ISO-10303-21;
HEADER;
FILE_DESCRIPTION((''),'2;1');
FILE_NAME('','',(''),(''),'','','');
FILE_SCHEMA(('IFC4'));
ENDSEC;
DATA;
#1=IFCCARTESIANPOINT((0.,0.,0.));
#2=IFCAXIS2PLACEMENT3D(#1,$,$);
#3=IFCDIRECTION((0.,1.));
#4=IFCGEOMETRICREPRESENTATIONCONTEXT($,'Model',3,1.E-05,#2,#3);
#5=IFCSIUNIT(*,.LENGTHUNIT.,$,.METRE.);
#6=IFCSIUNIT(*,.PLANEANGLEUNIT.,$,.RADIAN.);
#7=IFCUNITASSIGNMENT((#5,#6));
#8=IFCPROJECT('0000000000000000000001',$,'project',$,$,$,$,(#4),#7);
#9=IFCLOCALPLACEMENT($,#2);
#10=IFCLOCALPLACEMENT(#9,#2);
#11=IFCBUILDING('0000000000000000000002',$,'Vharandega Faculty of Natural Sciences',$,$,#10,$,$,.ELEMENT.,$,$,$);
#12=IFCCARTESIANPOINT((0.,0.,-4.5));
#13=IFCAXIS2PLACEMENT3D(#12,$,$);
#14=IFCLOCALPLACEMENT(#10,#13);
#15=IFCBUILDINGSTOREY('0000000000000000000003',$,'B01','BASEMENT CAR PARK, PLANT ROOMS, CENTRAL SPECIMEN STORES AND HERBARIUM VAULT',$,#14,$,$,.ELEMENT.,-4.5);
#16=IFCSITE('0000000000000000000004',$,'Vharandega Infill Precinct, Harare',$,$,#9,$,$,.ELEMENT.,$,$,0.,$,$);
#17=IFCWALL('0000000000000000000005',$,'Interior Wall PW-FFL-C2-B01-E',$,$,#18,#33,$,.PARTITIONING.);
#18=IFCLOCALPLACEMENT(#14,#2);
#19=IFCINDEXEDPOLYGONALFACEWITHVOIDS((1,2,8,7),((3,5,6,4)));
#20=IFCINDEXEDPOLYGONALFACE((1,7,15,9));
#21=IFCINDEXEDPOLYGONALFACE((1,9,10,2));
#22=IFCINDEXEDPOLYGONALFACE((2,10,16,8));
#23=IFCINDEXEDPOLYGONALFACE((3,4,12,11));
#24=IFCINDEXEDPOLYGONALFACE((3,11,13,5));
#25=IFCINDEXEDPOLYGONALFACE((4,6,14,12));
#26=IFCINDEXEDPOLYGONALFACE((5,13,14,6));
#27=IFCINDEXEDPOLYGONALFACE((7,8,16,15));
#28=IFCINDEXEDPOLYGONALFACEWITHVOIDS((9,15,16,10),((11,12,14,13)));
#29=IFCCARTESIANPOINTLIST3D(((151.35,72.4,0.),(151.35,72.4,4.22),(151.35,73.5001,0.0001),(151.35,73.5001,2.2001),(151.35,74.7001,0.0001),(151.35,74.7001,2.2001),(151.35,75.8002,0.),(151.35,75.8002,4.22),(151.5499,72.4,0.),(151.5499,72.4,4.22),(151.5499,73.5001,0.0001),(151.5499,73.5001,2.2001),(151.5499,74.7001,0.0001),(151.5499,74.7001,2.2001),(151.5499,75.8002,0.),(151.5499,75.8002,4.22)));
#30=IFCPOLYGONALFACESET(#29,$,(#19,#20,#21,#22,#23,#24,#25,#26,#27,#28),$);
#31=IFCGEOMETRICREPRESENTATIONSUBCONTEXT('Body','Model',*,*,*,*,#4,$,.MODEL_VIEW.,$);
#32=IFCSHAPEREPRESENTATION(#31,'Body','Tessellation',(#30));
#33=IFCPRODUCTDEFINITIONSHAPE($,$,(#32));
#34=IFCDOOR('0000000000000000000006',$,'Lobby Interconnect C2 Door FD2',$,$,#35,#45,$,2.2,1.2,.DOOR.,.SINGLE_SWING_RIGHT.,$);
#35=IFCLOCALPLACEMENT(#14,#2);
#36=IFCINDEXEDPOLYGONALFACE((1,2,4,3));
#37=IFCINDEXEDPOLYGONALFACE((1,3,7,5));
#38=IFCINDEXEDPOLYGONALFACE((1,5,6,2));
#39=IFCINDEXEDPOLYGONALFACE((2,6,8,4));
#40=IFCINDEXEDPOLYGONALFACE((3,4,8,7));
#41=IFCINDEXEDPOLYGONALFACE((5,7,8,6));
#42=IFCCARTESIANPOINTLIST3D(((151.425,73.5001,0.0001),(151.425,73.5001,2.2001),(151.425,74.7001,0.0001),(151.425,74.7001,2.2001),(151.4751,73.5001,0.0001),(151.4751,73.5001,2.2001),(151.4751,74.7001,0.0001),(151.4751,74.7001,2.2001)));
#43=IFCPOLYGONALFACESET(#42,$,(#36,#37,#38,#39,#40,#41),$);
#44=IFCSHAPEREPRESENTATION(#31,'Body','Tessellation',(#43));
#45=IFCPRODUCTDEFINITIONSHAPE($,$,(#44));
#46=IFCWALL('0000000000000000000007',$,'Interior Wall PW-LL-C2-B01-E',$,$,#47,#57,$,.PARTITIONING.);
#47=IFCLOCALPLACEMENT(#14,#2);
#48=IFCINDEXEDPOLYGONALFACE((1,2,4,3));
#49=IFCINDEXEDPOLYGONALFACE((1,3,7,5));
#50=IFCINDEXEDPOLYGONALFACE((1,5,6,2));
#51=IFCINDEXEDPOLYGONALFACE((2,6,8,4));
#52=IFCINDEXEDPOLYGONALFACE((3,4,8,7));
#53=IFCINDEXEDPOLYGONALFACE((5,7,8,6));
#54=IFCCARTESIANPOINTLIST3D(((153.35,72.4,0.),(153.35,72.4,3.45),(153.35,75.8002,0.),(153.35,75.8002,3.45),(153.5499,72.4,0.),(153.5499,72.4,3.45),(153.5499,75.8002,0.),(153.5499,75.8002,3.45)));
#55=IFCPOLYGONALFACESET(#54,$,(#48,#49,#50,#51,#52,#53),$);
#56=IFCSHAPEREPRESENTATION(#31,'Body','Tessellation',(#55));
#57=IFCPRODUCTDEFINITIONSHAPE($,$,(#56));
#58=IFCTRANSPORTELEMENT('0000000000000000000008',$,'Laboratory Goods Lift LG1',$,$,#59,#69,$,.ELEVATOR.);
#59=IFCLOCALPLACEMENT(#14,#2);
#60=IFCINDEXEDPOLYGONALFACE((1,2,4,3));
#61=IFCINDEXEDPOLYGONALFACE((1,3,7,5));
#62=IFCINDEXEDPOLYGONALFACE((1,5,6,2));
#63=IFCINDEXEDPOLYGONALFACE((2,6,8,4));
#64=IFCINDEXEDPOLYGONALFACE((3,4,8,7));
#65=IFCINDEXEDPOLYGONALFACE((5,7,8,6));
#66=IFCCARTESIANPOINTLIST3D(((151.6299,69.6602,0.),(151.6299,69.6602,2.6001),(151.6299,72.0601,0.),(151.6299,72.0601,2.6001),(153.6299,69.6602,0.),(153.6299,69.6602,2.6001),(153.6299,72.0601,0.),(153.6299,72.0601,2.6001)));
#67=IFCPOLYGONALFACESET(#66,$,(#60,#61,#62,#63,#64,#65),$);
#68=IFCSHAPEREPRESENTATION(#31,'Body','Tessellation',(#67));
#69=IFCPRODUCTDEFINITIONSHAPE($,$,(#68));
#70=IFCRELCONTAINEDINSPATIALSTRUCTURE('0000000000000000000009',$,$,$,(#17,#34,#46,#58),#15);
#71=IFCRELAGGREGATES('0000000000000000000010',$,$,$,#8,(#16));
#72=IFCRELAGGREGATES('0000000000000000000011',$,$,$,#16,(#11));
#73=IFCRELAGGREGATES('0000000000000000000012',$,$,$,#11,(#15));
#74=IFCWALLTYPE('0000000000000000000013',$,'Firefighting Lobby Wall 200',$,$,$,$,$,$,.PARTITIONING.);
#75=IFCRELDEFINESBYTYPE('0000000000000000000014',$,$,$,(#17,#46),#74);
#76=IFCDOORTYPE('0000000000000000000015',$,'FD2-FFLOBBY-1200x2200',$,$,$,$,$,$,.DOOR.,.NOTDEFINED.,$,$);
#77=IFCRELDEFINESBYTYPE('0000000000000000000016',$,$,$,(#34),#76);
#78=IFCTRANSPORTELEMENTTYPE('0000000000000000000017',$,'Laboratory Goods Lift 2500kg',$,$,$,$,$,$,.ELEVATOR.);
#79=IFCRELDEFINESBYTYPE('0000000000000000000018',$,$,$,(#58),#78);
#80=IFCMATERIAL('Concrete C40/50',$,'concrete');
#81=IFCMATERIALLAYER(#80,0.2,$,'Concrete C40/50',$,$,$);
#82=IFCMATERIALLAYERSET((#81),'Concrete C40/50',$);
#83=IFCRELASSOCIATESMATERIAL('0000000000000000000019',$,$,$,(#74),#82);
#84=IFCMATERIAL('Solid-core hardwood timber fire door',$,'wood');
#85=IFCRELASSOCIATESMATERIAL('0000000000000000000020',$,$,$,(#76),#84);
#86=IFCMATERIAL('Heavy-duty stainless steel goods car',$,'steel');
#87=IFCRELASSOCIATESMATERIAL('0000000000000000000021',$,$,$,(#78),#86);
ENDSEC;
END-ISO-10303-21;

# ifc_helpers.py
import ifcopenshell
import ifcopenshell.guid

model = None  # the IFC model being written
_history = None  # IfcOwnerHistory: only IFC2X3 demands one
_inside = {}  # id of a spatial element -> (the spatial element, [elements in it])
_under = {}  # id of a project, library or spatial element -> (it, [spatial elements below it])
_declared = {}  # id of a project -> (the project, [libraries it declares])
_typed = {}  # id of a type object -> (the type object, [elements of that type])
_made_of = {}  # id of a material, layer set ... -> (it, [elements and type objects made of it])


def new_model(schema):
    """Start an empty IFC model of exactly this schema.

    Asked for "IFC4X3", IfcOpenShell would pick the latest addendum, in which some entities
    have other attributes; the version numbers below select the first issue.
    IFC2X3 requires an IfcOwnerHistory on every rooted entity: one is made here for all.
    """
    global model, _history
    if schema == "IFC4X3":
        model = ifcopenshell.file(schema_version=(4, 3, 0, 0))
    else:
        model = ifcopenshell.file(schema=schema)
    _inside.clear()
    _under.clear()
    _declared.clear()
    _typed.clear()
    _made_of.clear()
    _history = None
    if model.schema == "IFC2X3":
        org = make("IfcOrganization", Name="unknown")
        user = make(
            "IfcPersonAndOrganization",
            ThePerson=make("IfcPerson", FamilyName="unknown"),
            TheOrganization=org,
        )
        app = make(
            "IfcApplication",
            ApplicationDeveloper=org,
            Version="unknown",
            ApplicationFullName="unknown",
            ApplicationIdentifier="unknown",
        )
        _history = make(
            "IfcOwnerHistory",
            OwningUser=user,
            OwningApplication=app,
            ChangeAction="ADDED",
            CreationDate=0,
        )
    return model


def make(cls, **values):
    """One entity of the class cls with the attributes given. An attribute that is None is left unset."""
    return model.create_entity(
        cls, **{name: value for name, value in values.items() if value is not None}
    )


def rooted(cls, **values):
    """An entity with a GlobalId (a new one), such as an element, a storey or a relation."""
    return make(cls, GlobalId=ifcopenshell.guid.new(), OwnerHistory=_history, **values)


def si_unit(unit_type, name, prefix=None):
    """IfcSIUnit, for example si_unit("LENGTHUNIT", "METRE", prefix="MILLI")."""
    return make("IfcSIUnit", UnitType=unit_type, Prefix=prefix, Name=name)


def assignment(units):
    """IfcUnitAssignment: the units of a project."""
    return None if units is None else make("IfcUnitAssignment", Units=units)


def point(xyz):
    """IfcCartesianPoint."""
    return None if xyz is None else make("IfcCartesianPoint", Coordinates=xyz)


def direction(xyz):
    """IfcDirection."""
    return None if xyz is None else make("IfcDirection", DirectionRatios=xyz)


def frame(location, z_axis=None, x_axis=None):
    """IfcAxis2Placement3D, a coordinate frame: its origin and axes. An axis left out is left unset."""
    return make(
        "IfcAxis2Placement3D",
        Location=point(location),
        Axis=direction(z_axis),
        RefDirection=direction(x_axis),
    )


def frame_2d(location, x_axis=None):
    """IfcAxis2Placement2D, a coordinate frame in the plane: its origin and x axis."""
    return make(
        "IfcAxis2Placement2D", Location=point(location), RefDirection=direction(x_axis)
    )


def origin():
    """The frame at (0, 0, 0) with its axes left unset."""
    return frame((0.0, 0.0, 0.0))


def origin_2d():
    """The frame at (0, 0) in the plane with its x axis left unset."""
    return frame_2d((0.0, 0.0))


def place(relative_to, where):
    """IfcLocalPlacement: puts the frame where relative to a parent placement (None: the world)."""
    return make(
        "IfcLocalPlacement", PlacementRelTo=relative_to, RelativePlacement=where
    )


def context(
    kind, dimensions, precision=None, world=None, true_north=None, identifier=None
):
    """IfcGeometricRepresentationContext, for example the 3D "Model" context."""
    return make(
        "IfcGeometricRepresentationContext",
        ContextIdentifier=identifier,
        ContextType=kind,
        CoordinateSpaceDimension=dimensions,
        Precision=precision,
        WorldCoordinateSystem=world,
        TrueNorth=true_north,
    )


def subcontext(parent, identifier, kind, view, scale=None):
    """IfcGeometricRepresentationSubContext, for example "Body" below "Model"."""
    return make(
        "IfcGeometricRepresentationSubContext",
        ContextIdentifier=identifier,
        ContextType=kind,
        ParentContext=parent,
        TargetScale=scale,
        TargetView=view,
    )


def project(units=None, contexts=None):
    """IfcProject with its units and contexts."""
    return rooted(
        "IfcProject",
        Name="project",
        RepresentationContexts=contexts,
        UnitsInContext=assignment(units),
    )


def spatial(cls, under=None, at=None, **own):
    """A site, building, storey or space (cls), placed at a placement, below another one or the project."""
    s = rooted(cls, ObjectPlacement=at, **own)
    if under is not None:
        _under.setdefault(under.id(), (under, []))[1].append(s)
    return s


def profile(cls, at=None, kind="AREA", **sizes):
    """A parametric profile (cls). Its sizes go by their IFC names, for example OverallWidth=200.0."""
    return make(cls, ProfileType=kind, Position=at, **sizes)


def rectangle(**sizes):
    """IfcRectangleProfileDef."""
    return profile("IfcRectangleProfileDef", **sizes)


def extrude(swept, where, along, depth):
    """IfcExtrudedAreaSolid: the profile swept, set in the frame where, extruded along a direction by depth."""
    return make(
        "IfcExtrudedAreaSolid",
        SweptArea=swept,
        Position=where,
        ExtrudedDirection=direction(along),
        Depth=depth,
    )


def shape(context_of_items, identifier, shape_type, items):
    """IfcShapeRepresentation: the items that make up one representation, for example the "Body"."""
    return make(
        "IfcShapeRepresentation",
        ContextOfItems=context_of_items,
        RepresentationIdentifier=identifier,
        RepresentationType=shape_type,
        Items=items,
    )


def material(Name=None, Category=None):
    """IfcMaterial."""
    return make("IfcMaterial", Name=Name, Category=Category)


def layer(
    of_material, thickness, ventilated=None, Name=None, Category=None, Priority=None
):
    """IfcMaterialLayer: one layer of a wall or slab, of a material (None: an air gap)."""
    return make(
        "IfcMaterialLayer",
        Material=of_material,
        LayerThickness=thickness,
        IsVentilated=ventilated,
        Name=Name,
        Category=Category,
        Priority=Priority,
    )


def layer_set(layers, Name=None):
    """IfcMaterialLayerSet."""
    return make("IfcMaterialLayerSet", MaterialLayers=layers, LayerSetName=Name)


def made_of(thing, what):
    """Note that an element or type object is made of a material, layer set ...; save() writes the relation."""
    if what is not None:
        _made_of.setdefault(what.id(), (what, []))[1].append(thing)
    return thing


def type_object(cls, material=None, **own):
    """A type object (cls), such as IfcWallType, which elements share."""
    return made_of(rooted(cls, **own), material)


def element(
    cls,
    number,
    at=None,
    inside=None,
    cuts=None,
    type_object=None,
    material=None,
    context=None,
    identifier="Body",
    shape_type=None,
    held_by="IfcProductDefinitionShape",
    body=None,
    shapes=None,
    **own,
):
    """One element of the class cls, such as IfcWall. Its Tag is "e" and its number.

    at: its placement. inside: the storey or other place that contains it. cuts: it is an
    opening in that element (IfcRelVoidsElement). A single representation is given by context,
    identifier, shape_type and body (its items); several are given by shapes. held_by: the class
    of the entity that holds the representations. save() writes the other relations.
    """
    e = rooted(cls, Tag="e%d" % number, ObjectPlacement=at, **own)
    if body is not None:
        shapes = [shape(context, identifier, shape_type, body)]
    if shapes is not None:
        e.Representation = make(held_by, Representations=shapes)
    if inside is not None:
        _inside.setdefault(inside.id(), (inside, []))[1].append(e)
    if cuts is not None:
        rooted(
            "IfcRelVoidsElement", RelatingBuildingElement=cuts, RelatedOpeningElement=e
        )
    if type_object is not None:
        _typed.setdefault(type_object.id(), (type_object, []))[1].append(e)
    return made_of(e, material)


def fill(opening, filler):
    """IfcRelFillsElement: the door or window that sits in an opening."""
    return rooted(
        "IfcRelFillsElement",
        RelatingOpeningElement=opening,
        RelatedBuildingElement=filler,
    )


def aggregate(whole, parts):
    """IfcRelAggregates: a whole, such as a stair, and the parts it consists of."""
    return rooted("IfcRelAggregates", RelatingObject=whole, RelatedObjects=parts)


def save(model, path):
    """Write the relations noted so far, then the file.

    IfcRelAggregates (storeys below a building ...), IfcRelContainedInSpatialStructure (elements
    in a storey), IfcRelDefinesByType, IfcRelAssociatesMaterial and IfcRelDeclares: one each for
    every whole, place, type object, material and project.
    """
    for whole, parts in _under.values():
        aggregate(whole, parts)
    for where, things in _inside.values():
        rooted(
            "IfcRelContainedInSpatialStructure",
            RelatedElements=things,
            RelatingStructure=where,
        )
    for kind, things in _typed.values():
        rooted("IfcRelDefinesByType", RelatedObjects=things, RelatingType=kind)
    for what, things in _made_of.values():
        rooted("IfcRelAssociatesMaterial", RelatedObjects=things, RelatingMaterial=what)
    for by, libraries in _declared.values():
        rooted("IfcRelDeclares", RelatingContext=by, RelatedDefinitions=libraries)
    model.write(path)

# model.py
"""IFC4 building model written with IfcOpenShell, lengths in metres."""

from ifc_helpers import new_model, si_unit, direction, frame, frame_2d, origin, origin_2d, place, context, subcontext, project, spatial, rectangle, extrude, material, layer, layer_set, type_object, element, fill, save


model = new_model("IFC4")

# Units and contexts
model_context = context("Model", 3, precision=1e-05, world=origin(), true_north=direction((0.0, 1.0)))
body_context = subcontext(model_context, "Body", "Model", "MODEL_VIEW")
ifc_project = project(units=[si_unit("LENGTHUNIT", "METRE"), si_unit("PLANEANGLEUNIT", "RADIAN")], contexts=[model_context])

# Site, building, storey
site_placement = place(None, origin())
site = spatial("IfcSite", under=ifc_project, at=site_placement, Name="Vharandega Infill Precinct, Harare", CompositionType="ELEMENT", RefElevation=0.0)
building_placement = place(site_placement, origin())
building = spatial("IfcBuilding", under=site, at=building_placement, Name="Vharandega Faculty of Natural Sciences", CompositionType="ELEMENT")
storey_placement = place(building_placement, frame((0.0, 0.0, -4.5)))
storey = spatial("IfcBuildingStorey", under=building, at=storey_placement, Name="B01", Description="BASEMENT CAR PARK, PLANT ROOMS, CENTRAL SPECIMEN STORES AND HERBARIUM VAULT", CompositionType="ELEMENT", Elevation=-4.5)

# Wall, opening, door
ifc_material_1 = material(Name="Concrete C40/50", Category="concrete")
ifc_layer_1 = layer(ifc_material_1, 0.2, Name="Concrete C40/50")
ifc_layer_set_1 = layer_set([ifc_layer_1], Name="Concrete C40/50")
wall_type_1 = type_object("IfcWallType", Name="Firefighting Lobby Wall 200", PredefinedType="PARTITIONING", material=ifc_layer_set_1)
wall_1_placement = place(storey_placement, frame((151.45, 72.3999, 0.0), z_axis=(0.0, 0.0, 1.0), x_axis=(0.0, 1.0, 0.0)))
wall_1 = element("IfcWall", 1, at=wall_1_placement, inside=storey, type_object=wall_type_1, Name="Interior Wall PW-FFL-C2-B01-E", PredefinedType="PARTITIONING", context=body_context, shape_type="SweptSolid", body=[
    extrude(rectangle(XDim=3.4001, YDim=0.2, at=frame_2d((1.7002, 0.0))), origin(), (0.0, 0.0, 1.0), 4.22),
])
opening_placement = place(wall_1_placement, frame((1.1001, 0.0, 0.0)))
opening = element("IfcOpeningElement", 2, at=opening_placement, cuts=wall_1, PredefinedType="OPENING", context=body_context, shape_type="SweptSolid", body=[
    extrude(rectangle(XDim=1.2, YDim=2.2, at=frame_2d((0.6001, 1.1001))), frame((0.0, 0.1099, 0.0), z_axis=(0.0, -1.0, 0.0), x_axis=(1.0, 0.0, 0.0)), (0.0, 0.0, 1.0), 0.22),
])
ifc_material_2 = material(Name="Solid-core hardwood timber fire door", Category="wood")
door_type = type_object("IfcDoorType", Name="FD2-FFLOBBY-1200x2200", OperationType="NOTDEFINED", PredefinedType="DOOR", material=ifc_material_2)
door_placement = place(opening_placement, origin())
door = element("IfcDoor", 3, at=door_placement, inside=storey, type_object=door_type, Name="Lobby Interconnect C2 Door FD2", OperationType="SINGLE_SWING_RIGHT", OverallHeight=2.2, OverallWidth=1.2, PredefinedType="DOOR", context=body_context, shape_type="SweptSolid", body=[
    extrude(rectangle(XDim=1.2, YDim=2.2, at=frame_2d((0.6001, 1.1001))), frame((0.0, 0.0249, 0.0), z_axis=(0.0, -1.0, 0.0), x_axis=(1.0, 0.0, 0.0)), (0.0, 0.0, 1.0), 0.05),
])
fill(opening, door)

# Wall
wall_2_placement = place(storey_placement, frame((153.45, 72.3999, 0.0), z_axis=(0.0, 0.0, 1.0), x_axis=(0.0, 1.0, 0.0)))
element("IfcWall", 4, at=wall_2_placement, inside=storey, type_object=wall_type_1, Name="Interior Wall PW-LL-C2-B01-E", PredefinedType="PARTITIONING", context=body_context, shape_type="SweptSolid", body=[
    extrude(rectangle(XDim=3.4001, YDim=0.2, at=frame_2d((1.7002, 0.0))), origin(), (0.0, 0.0, 1.0), 3.45),
])

# Transport element
ifc_material_3 = material(Name="Heavy-duty stainless steel goods car", Category="steel")
transport_element_type = type_object("IfcTransportElementType", Name="Laboratory Goods Lift 2500kg", PredefinedType="ELEVATOR", material=ifc_material_3)
transport_element_placement = place(storey_placement, frame((152.6299, 70.8601, 0.0), z_axis=(0.0, 0.0, 1.0), x_axis=(1.0, 0.0, 0.0)))
element("IfcTransportElement", 5, at=transport_element_placement, inside=storey, type_object=transport_element_type, Name="Laboratory Goods Lift LG1", PredefinedType="ELEVATOR", context=body_context, shape_type="SweptSolid", body=[
    extrude(rectangle(XDim=2.0, YDim=2.3999, at=origin_2d()), origin(), (0.0, 0.0, 1.0), 2.6001),
])

save(model, "model.ifc")
